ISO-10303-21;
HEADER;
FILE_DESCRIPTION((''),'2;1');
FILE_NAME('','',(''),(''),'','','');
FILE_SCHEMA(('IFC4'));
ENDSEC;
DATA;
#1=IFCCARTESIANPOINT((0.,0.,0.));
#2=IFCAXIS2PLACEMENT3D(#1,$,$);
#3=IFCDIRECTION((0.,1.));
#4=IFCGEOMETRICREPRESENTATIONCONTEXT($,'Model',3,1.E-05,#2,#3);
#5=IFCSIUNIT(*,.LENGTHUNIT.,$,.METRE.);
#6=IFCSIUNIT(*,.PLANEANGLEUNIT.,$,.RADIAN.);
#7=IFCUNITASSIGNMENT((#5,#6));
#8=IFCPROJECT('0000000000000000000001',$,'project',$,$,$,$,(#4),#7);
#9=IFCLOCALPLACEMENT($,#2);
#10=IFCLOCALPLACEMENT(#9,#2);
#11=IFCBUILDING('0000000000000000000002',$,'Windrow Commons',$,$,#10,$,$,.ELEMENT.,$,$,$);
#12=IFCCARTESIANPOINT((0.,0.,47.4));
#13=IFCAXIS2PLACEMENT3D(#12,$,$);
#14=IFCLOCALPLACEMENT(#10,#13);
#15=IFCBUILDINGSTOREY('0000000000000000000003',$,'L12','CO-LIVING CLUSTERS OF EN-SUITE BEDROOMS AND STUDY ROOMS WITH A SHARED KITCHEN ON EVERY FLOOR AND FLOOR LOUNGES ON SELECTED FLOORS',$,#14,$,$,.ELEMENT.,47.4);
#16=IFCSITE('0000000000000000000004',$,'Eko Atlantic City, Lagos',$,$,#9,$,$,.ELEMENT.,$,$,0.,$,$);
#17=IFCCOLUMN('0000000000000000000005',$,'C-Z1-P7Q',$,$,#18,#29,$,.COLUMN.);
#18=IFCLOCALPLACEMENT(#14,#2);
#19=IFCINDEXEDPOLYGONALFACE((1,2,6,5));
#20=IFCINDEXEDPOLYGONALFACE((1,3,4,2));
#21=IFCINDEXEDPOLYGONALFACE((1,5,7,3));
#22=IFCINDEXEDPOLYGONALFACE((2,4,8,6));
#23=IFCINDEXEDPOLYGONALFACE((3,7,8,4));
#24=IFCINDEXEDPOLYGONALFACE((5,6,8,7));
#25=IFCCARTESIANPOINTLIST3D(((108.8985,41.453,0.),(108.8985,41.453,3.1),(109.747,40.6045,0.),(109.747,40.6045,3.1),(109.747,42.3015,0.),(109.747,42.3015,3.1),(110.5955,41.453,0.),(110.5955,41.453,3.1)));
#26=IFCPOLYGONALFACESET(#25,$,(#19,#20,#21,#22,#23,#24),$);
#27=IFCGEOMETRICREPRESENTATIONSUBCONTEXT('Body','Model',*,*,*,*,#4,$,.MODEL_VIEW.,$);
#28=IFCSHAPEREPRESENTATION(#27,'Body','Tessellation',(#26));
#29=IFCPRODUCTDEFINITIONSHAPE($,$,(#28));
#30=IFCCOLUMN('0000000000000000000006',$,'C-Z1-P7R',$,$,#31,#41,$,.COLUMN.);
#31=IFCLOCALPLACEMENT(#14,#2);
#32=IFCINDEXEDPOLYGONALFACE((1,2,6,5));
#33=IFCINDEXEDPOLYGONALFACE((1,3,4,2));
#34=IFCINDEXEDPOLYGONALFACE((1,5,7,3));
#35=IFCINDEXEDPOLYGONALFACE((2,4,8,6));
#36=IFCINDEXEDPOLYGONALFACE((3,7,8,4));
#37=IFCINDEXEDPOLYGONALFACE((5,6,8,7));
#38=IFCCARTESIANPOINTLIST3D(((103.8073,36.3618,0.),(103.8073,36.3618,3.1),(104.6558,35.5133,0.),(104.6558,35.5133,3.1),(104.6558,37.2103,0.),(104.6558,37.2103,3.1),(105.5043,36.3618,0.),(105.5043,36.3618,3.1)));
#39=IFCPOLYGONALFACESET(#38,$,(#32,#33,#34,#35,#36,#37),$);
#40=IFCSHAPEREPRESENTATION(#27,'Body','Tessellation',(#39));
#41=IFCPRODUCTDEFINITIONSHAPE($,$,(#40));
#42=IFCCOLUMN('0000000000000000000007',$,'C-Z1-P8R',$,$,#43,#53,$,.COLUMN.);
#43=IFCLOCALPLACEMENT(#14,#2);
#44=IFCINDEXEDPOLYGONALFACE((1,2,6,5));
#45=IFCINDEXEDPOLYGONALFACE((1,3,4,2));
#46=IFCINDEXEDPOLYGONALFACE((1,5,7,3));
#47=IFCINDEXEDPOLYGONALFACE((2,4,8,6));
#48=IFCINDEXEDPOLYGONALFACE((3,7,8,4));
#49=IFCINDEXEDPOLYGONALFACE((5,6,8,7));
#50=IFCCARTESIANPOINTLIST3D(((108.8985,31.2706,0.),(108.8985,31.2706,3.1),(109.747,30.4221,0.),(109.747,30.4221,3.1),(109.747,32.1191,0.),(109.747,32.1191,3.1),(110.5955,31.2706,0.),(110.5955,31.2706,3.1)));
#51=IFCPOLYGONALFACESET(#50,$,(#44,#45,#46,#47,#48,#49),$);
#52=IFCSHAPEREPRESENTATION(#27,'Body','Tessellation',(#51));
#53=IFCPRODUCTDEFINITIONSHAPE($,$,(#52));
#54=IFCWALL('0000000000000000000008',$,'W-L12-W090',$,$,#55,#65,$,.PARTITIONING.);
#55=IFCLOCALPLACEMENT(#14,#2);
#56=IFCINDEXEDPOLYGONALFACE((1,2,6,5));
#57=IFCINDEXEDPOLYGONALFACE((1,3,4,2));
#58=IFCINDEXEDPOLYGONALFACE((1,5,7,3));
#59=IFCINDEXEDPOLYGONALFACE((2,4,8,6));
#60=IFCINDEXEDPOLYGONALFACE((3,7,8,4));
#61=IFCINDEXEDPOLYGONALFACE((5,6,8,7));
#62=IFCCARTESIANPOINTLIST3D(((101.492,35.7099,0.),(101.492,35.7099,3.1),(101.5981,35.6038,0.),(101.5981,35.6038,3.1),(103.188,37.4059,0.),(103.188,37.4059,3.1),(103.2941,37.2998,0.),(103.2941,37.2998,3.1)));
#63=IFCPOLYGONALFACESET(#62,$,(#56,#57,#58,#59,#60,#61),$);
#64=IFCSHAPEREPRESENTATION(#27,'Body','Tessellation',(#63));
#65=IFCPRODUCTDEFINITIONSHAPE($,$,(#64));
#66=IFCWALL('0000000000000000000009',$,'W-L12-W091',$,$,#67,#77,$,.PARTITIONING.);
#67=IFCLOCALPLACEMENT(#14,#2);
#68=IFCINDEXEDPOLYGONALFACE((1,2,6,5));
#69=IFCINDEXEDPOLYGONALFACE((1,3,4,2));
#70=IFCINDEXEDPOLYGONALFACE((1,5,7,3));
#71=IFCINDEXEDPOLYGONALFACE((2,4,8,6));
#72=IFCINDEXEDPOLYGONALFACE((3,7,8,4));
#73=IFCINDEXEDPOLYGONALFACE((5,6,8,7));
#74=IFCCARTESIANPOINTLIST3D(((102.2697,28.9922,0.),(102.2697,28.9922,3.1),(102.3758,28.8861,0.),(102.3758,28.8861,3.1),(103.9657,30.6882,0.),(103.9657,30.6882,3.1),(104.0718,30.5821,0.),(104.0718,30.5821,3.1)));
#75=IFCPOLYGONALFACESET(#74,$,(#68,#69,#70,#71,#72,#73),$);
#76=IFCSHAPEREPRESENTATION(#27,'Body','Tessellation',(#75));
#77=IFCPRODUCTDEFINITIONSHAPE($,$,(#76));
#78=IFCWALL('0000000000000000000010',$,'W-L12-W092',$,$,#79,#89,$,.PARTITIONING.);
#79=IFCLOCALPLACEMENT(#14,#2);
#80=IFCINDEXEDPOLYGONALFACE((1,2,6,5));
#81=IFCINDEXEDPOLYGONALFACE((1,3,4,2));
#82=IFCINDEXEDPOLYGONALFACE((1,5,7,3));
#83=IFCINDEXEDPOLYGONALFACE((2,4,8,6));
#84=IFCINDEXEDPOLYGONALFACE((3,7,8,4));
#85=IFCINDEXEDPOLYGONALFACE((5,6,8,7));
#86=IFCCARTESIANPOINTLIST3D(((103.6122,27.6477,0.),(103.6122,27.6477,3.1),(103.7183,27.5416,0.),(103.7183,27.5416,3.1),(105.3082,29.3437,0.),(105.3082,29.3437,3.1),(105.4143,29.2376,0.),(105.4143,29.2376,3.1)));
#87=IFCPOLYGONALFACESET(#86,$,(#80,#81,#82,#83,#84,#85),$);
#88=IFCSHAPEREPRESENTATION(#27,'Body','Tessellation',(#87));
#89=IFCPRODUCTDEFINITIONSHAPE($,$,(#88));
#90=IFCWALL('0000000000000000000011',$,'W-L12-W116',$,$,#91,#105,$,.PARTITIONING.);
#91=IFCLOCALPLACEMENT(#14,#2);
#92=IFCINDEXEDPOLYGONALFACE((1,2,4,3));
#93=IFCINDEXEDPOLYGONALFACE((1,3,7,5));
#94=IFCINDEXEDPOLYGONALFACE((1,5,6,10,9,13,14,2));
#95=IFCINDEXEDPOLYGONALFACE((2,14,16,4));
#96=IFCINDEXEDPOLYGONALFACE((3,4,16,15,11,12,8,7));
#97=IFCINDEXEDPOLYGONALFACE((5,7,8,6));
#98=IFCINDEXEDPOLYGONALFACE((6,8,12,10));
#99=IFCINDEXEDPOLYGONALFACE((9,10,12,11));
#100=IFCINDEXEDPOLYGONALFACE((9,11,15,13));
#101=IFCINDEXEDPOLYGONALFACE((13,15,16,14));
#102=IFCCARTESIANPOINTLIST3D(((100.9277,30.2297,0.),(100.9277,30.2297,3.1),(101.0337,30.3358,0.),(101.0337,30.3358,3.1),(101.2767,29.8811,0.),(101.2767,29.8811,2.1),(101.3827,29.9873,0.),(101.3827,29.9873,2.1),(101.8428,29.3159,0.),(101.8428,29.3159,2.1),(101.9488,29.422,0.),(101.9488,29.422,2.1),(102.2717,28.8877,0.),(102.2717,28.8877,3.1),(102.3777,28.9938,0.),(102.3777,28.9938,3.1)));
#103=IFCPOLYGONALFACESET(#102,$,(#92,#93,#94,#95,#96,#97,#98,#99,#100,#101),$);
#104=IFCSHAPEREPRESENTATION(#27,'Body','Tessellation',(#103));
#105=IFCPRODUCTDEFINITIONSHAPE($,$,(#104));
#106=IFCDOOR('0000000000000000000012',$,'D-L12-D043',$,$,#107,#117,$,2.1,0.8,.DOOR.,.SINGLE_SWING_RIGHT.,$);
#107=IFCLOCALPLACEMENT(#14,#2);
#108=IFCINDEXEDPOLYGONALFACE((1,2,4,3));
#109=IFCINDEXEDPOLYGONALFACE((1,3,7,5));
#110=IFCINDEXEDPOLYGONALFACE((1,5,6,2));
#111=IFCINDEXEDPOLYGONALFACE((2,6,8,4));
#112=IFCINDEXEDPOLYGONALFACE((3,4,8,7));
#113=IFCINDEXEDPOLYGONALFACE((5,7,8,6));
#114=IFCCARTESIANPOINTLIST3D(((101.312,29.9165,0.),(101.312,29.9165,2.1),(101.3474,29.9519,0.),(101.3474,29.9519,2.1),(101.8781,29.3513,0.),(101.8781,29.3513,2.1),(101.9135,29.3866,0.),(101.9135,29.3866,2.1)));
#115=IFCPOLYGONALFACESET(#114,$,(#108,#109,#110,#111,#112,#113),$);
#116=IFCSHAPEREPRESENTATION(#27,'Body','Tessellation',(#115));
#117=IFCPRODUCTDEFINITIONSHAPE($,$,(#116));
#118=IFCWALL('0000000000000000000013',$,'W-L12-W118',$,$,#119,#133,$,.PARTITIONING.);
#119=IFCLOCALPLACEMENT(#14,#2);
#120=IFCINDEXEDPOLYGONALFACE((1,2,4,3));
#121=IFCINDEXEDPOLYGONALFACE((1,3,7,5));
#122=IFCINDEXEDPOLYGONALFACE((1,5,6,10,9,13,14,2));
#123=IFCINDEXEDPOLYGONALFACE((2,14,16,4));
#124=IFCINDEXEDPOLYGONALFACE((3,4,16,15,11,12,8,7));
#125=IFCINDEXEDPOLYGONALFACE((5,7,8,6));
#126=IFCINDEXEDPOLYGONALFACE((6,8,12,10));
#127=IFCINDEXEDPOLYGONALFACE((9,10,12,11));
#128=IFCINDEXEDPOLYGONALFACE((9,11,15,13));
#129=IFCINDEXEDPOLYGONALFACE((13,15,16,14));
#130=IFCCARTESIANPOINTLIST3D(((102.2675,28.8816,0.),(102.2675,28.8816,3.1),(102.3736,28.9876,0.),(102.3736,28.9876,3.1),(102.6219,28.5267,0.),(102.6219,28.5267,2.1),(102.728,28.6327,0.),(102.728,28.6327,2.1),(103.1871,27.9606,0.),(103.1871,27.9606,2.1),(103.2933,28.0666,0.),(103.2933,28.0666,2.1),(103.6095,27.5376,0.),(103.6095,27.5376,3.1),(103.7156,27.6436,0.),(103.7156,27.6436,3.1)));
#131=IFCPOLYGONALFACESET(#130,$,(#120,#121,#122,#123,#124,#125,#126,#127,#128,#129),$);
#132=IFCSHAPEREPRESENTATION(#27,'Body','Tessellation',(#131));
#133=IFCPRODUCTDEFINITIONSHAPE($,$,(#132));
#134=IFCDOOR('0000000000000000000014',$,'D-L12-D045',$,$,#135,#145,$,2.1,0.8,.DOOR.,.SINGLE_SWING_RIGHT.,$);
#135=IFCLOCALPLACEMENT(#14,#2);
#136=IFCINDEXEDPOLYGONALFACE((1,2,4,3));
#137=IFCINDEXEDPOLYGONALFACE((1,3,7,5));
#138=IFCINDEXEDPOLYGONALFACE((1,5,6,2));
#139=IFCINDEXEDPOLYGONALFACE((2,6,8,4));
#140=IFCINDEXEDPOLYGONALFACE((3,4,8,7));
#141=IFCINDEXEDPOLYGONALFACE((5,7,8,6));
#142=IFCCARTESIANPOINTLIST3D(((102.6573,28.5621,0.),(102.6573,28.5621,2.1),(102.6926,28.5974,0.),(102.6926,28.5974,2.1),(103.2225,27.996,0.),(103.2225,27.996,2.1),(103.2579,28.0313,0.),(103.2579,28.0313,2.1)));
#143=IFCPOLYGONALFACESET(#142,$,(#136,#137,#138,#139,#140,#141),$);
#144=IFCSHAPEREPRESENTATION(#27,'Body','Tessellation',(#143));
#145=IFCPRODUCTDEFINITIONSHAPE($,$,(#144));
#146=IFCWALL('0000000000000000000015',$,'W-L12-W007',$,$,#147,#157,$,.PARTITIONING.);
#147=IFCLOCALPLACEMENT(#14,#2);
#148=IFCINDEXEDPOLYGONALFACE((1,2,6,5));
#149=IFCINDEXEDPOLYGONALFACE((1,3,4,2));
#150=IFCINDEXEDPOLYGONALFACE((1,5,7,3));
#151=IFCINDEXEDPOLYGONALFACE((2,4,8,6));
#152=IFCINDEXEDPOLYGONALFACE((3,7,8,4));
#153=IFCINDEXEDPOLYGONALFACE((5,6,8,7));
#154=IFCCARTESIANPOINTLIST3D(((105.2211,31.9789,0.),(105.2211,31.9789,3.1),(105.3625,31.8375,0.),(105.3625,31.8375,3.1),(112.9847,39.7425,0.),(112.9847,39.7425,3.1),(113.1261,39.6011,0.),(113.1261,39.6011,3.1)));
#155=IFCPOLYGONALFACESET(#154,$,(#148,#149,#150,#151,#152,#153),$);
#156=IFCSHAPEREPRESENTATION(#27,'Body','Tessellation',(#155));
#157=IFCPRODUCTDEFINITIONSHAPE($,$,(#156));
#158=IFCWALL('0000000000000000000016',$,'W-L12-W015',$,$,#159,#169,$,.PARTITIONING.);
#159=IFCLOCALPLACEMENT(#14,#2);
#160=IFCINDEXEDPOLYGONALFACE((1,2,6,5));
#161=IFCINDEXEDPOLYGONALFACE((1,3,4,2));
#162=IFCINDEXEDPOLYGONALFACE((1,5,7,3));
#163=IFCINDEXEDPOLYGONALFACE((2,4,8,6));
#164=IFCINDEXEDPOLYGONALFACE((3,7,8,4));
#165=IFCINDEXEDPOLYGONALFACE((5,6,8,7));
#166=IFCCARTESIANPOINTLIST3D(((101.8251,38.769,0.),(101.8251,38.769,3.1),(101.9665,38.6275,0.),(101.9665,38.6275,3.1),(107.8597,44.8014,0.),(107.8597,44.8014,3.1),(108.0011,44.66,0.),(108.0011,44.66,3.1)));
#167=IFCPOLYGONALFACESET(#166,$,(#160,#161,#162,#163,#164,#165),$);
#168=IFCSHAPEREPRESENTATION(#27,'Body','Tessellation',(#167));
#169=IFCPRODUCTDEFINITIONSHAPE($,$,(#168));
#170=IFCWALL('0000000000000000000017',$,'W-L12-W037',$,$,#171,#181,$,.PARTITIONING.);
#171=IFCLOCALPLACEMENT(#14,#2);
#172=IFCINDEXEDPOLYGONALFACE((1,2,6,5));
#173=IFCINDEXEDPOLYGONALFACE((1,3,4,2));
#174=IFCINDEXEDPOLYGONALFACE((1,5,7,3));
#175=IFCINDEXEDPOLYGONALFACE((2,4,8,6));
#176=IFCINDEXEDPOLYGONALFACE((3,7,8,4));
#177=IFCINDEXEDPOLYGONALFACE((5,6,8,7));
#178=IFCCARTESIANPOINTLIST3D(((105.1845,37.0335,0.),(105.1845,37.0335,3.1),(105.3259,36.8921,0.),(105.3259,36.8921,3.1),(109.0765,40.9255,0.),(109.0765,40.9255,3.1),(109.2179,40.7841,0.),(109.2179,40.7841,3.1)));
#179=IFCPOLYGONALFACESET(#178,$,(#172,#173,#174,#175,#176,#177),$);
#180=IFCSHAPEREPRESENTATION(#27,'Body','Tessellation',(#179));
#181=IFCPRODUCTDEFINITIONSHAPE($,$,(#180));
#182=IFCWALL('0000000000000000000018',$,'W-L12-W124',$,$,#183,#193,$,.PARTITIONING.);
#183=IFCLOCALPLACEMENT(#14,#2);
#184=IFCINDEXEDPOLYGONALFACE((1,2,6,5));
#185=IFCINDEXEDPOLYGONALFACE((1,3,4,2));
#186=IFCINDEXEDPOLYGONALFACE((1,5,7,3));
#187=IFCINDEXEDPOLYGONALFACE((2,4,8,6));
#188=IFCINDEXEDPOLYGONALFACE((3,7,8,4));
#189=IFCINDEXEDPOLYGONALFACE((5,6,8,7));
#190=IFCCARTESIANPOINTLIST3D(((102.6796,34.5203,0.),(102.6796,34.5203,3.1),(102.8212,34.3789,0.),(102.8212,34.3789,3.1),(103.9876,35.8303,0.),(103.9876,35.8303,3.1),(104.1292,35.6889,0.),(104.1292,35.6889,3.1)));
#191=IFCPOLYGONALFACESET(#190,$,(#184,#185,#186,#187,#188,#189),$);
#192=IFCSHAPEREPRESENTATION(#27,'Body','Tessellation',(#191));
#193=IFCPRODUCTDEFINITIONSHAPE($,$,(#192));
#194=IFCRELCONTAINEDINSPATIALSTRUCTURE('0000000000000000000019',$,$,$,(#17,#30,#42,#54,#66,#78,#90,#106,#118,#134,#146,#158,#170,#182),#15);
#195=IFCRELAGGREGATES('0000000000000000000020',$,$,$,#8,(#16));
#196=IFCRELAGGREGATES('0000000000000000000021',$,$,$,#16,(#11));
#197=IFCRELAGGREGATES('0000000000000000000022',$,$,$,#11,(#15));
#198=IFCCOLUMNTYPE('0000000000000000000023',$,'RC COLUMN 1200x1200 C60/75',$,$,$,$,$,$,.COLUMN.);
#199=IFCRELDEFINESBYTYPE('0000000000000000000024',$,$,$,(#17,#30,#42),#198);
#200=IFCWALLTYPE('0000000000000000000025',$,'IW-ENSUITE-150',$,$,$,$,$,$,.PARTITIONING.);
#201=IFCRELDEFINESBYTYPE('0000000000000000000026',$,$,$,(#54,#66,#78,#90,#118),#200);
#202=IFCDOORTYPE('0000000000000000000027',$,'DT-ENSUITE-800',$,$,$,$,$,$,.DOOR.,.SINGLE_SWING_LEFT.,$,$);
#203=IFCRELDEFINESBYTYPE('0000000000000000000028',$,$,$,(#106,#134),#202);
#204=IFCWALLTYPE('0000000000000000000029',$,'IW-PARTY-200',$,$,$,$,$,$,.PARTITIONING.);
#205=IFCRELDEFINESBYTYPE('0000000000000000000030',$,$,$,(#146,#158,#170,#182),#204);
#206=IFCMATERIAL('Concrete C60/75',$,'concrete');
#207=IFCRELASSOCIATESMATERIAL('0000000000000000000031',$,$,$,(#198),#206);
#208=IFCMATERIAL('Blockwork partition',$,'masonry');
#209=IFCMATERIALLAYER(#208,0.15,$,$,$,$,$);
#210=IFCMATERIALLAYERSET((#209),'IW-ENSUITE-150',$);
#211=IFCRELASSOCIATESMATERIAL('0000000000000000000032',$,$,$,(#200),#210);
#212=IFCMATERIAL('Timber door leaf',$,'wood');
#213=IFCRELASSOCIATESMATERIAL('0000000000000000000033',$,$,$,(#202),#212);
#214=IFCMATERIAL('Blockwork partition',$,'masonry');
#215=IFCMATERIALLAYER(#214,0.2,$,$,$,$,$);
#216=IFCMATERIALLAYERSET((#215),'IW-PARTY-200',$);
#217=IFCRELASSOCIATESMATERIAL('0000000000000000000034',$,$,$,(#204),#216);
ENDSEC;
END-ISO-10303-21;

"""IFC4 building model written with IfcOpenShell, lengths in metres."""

from ifc_helpers import new_model, si_unit, direction, frame, frame_2d, origin, origin_2d, place, context, subcontext, project, spatial, rectangle, extrude, material, layer, layer_set, material_profile, profile_set, type_object, element, fill, save


model = new_model("IFC4")

# Units and contexts
model_context = context("Model", 3, precision=1e-05, world=origin(), true_north=direction((0.0, 1.0)))
body_context = subcontext(model_context, "Body", "Model", "MODEL_VIEW")
ifc_project = project(units=[si_unit("LENGTHUNIT", "METRE"), si_unit("PLANEANGLEUNIT", "RADIAN")], contexts=[model_context])

# Site, building, storey
site_placement = place(None, origin())
site = spatial("IfcSite", under=ifc_project, at=site_placement, Name="Eko Atlantic City, Lagos", CompositionType="ELEMENT", RefElevation=0.0)
building_placement = place(site_placement, origin())
building = spatial("IfcBuilding", under=site, at=building_placement, Name="Windrow Commons", CompositionType="ELEMENT")
storey_placement = place(building_placement, frame((0.0, 0.0, 47.4)))
storey = spatial("IfcBuildingStorey", under=building, at=storey_placement, Name="L12", Description="CO-LIVING CLUSTERS OF EN-SUITE BEDROOMS AND STUDY ROOMS WITH A SHARED KITCHEN ON EVERY FLOOR AND FLOOR LOUNGES ON SELECTED FLOORS", CompositionType="ELEMENT", Elevation=47.4)

# Columns
ifc_material_1 = material(Name="Concrete C60/75", Category="concrete")
ifc_material_profile = material_profile(ifc_material_1, rectangle(XDim=1.2, YDim=1.2, at=origin_2d()))
ifc_profile_set = profile_set([ifc_material_profile], Name="Concrete C60/75")
column_type = type_object("IfcColumnType", Name="RC COLUMN 1200x1200 C60/75", PredefinedType="COLUMN", material=ifc_profile_set)
for number, where, z_axis, x_axis, name in (
    (1, (109.747, 41.453, 0.0), (0.0, 0.0, 1.0), (0.707107, -0.707107, 0.0), "C-Z1-P7Q"),
    (2, (104.6558, 36.3618, 0.0), (0.0, 0.0, 1.0), (0.707107, -0.707107, 0.0), "C-Z1-P7R"),
    (3, (109.747, 31.2706, 0.0), (0.0, 0.0, 1.0), (0.707107, -0.707107, 0.0), "C-Z1-P8R"),
):
    element("IfcColumn", number, at=place(storey_placement, frame(where, z_axis=z_axis, x_axis=x_axis)), inside=storey, type_object=column_type, Name=name, PredefinedType="COLUMN", context=body_context, shape_type="SweptSolid", body=[
        extrude(rectangle(XDim=1.2, YDim=1.2, at=origin_2d()), origin(), (0.0, 0.0, 1.0), 3.1),
    ])

# Walls
ifc_material_2 = material(Name="Blockwork partition", Category="masonry")
ifc_layer_1 = layer(ifc_material_2, 0.15)
ifc_layer_set_1 = layer_set([ifc_layer_1], Name="IW-ENSUITE-150")
wall_type_1 = type_object("IfcWallType", Name="IW-ENSUITE-150", PredefinedType="PARTITIONING", material=ifc_layer_set_1)
for number, where, z_axis, x_axis, name in (
    (4, (101.5451, 35.6569, 0.0), (0.0, 0.0, 1.0), (0.707107, 0.707107, 0.0), "W-L12-W090"),
    (5, (102.3228, 28.9392, 0.0), (0.0, 0.0, 1.0), (0.707107, 0.707107, 0.0), "W-L12-W091"),
    (6, (103.6653, 27.5947, 0.0), (0.0, 0.0, 1.0), (0.707107, 0.707107, 0.0), "W-L12-W092"),
):
    element("IfcWall", number, at=place(storey_placement, frame(where, z_axis=z_axis, x_axis=x_axis)), inside=storey, type_object=wall_type_1, Name=name, PredefinedType="PARTITIONING", context=body_context, shape_type="SweptSolid", body=[
        extrude(rectangle(XDim=2.3985, YDim=0.15, at=frame_2d((1.1992, 0.0))), origin(), (0.0, 0.0, 1.0), 3.1),
    ])

# Walls, openings, doors
wall_1_placement = place(storey_placement, frame((100.9807, 30.2827, 0.0), z_axis=(0.0, 0.0, 1.0), x_axis=(0.707633, -0.70658, 0.0)))
wall_1 = element("IfcWall", 7, at=wall_1_placement, inside=storey, type_object=wall_type_1, Name="W-L12-W116", PredefinedType="PARTITIONING", context=body_context, shape_type="SweptSolid", body=[
    extrude(rectangle(XDim=1.8993, YDim=0.15, at=frame_2d((0.9496, 0.0))), origin(), (0.0, 0.0, 1.0), 3.1),
])
opening_1_placement = place(wall_1_placement, frame((0.4932, 0.0, 0.0)))
opening_1 = element("IfcOpeningElement", 8, at=opening_1_placement, cuts=wall_1, PredefinedType="OPENING", context=body_context, shape_type="SweptSolid", body=[
    extrude(rectangle(XDim=0.8, YDim=2.1, at=frame_2d((0.4, 1.05))), frame((0.0, 0.085, 0.0), z_axis=(0.0, -1.0, 0.0), x_axis=(1.0, 0.0, 0.0)), (0.0, 0.0, 1.0), 0.17),
])
ifc_material_3 = material(Name="Timber door leaf", Category="wood")
door_type = type_object("IfcDoorType", Name="DT-ENSUITE-800", OperationType="SINGLE_SWING_LEFT", PredefinedType="DOOR", material=ifc_material_3)
door_1_placement = place(opening_1_placement, origin())
door_1 = element("IfcDoor", 9, at=door_1_placement, inside=storey, type_object=door_type, Name="D-L12-D043", OperationType="SINGLE_SWING_RIGHT", OverallHeight=2.1, OverallWidth=0.8, PredefinedType="DOOR", context=body_context, shape_type="SweptSolid", body=[
    extrude(rectangle(XDim=0.8, YDim=2.1, at=frame_2d((0.4, 1.05))), frame((0.0, 0.025, 0.0), z_axis=(0.0, -1.0, 0.0), x_axis=(1.0, 0.0, 0.0)), (0.0, 0.0, 1.0), 0.05),
])
fill(opening_1, door_1)
wall_2_placement = place(storey_placement, frame((102.3206, 28.9346, 0.0), z_axis=(0.0, 0.0, 1.0), x_axis=(0.70658, -0.707633, 0.0)))
wall_2 = element("IfcWall", 10, at=wall_2_placement, inside=storey, type_object=wall_type_1, Name="W-L12-W118", PredefinedType="PARTITIONING", context=body_context, shape_type="SweptSolid", body=[
    extrude(rectangle(XDim=1.8993, YDim=0.15, at=frame_2d((0.9496, 0.0))), origin(), (0.0, 0.0, 1.0), 3.1),
])
opening_2_placement = place(wall_2_placement, frame((0.5015, 0.0, 0.0)))
opening_2 = element("IfcOpeningElement", 11, at=opening_2_placement, cuts=wall_2, PredefinedType="OPENING", context=body_context, shape_type="SweptSolid", body=[
    extrude(rectangle(XDim=0.8, YDim=2.1, at=frame_2d((0.4, 1.05))), frame((0.0, 0.085, 0.0), z_axis=(0.0, -1.0, 0.0), x_axis=(1.0, 0.0, 0.0)), (0.0, 0.0, 1.0), 0.17),
])
door_2_placement = place(opening_2_placement, origin())
door_2 = element("IfcDoor", 12, at=door_2_placement, inside=storey, type_object=door_type, Name="D-L12-D045", OperationType="SINGLE_SWING_RIGHT", OverallHeight=2.1, OverallWidth=0.8, PredefinedType="DOOR", context=body_context, shape_type="SweptSolid", body=[
    extrude(rectangle(XDim=0.8, YDim=2.1, at=frame_2d((0.4, 1.05))), frame((0.0, 0.025, 0.0), z_axis=(0.0, -1.0, 0.0), x_axis=(1.0, 0.0, 0.0)), (0.0, 0.0, 1.0), 0.05),
])
fill(opening_2, door_2)

# Walls
ifc_material_4 = material(Name="Blockwork partition", Category="masonry")
ifc_layer_2 = layer(ifc_material_4, 0.2)
ifc_layer_set_2 = layer_set([ifc_layer_2], Name="IW-PARTY-200")
wall_type_2 = type_object("IfcWallType", Name="IW-PARTY-200", PredefinedType="PARTITIONING", material=ifc_layer_set_2)
wall_3_placement = place(storey_placement, frame((105.2918, 31.9082, 0.0), z_axis=(0.0, 0.0, 1.0), x_axis=(0.707107, 0.707107, 0.0)))
element("IfcWall", 13, at=wall_3_placement, inside=storey, type_object=wall_type_2, Name="W-L12-W007", PredefinedType="PARTITIONING", context=body_context, shape_type="SweptSolid", body=[
    extrude(rectangle(XDim=10.9794, YDim=0.2, at=frame_2d((5.4897, 0.0))), origin(), (0.0, 0.0, 1.0), 3.1),
])
wall_4_placement = place(storey_placement, frame((101.8958, 38.6982, 0.0), z_axis=(0.0, 0.0, 1.0), x_axis=(0.70723, 0.706984, 0.0)))
element("IfcWall", 14, at=wall_4_placement, inside=storey, type_object=wall_type_2, Name="W-L12-W015", PredefinedType="PARTITIONING", context=body_context, shape_type="SweptSolid", body=[
    extrude(rectangle(XDim=8.5327, YDim=0.2, at=frame_2d((4.2664, 0.0))), origin(), (0.0, 0.0, 1.0), 3.1),
])
wall_5_placement = place(storey_placement, frame((105.2552, 36.9628, 0.0), z_axis=(0.0, 0.0, 1.0), x_axis=(0.707107, 0.707107, 0.0)))
element("IfcWall", 15, at=wall_5_placement, inside=storey, type_object=wall_type_2, Name="W-L12-W037", PredefinedType="PARTITIONING", context=body_context, shape_type="SweptSolid", body=[
    extrude(rectangle(XDim=5.5041, YDim=0.2, at=frame_2d((2.7521, 0.0))), origin(), (0.0, 0.0, 1.0), 3.1),
])
wall_6_placement = place(storey_placement, frame((102.7504, 34.4496, 0.0), z_axis=(0.0, 0.0, 1.0), x_axis=(0.706566, 0.707647, 0.0)))
element("IfcWall", 16, at=wall_6_placement, inside=storey, type_object=wall_type_2, Name="W-L12-W124", PredefinedType="PARTITIONING", context=body_context, shape_type="SweptSolid", body=[
    extrude(rectangle(XDim=1.8512, YDim=0.2, at=frame_2d((0.9256, 0.0))), origin(), (0.0, 0.0, 1.0), 3.1),
])

save(model, "model.ifc")
